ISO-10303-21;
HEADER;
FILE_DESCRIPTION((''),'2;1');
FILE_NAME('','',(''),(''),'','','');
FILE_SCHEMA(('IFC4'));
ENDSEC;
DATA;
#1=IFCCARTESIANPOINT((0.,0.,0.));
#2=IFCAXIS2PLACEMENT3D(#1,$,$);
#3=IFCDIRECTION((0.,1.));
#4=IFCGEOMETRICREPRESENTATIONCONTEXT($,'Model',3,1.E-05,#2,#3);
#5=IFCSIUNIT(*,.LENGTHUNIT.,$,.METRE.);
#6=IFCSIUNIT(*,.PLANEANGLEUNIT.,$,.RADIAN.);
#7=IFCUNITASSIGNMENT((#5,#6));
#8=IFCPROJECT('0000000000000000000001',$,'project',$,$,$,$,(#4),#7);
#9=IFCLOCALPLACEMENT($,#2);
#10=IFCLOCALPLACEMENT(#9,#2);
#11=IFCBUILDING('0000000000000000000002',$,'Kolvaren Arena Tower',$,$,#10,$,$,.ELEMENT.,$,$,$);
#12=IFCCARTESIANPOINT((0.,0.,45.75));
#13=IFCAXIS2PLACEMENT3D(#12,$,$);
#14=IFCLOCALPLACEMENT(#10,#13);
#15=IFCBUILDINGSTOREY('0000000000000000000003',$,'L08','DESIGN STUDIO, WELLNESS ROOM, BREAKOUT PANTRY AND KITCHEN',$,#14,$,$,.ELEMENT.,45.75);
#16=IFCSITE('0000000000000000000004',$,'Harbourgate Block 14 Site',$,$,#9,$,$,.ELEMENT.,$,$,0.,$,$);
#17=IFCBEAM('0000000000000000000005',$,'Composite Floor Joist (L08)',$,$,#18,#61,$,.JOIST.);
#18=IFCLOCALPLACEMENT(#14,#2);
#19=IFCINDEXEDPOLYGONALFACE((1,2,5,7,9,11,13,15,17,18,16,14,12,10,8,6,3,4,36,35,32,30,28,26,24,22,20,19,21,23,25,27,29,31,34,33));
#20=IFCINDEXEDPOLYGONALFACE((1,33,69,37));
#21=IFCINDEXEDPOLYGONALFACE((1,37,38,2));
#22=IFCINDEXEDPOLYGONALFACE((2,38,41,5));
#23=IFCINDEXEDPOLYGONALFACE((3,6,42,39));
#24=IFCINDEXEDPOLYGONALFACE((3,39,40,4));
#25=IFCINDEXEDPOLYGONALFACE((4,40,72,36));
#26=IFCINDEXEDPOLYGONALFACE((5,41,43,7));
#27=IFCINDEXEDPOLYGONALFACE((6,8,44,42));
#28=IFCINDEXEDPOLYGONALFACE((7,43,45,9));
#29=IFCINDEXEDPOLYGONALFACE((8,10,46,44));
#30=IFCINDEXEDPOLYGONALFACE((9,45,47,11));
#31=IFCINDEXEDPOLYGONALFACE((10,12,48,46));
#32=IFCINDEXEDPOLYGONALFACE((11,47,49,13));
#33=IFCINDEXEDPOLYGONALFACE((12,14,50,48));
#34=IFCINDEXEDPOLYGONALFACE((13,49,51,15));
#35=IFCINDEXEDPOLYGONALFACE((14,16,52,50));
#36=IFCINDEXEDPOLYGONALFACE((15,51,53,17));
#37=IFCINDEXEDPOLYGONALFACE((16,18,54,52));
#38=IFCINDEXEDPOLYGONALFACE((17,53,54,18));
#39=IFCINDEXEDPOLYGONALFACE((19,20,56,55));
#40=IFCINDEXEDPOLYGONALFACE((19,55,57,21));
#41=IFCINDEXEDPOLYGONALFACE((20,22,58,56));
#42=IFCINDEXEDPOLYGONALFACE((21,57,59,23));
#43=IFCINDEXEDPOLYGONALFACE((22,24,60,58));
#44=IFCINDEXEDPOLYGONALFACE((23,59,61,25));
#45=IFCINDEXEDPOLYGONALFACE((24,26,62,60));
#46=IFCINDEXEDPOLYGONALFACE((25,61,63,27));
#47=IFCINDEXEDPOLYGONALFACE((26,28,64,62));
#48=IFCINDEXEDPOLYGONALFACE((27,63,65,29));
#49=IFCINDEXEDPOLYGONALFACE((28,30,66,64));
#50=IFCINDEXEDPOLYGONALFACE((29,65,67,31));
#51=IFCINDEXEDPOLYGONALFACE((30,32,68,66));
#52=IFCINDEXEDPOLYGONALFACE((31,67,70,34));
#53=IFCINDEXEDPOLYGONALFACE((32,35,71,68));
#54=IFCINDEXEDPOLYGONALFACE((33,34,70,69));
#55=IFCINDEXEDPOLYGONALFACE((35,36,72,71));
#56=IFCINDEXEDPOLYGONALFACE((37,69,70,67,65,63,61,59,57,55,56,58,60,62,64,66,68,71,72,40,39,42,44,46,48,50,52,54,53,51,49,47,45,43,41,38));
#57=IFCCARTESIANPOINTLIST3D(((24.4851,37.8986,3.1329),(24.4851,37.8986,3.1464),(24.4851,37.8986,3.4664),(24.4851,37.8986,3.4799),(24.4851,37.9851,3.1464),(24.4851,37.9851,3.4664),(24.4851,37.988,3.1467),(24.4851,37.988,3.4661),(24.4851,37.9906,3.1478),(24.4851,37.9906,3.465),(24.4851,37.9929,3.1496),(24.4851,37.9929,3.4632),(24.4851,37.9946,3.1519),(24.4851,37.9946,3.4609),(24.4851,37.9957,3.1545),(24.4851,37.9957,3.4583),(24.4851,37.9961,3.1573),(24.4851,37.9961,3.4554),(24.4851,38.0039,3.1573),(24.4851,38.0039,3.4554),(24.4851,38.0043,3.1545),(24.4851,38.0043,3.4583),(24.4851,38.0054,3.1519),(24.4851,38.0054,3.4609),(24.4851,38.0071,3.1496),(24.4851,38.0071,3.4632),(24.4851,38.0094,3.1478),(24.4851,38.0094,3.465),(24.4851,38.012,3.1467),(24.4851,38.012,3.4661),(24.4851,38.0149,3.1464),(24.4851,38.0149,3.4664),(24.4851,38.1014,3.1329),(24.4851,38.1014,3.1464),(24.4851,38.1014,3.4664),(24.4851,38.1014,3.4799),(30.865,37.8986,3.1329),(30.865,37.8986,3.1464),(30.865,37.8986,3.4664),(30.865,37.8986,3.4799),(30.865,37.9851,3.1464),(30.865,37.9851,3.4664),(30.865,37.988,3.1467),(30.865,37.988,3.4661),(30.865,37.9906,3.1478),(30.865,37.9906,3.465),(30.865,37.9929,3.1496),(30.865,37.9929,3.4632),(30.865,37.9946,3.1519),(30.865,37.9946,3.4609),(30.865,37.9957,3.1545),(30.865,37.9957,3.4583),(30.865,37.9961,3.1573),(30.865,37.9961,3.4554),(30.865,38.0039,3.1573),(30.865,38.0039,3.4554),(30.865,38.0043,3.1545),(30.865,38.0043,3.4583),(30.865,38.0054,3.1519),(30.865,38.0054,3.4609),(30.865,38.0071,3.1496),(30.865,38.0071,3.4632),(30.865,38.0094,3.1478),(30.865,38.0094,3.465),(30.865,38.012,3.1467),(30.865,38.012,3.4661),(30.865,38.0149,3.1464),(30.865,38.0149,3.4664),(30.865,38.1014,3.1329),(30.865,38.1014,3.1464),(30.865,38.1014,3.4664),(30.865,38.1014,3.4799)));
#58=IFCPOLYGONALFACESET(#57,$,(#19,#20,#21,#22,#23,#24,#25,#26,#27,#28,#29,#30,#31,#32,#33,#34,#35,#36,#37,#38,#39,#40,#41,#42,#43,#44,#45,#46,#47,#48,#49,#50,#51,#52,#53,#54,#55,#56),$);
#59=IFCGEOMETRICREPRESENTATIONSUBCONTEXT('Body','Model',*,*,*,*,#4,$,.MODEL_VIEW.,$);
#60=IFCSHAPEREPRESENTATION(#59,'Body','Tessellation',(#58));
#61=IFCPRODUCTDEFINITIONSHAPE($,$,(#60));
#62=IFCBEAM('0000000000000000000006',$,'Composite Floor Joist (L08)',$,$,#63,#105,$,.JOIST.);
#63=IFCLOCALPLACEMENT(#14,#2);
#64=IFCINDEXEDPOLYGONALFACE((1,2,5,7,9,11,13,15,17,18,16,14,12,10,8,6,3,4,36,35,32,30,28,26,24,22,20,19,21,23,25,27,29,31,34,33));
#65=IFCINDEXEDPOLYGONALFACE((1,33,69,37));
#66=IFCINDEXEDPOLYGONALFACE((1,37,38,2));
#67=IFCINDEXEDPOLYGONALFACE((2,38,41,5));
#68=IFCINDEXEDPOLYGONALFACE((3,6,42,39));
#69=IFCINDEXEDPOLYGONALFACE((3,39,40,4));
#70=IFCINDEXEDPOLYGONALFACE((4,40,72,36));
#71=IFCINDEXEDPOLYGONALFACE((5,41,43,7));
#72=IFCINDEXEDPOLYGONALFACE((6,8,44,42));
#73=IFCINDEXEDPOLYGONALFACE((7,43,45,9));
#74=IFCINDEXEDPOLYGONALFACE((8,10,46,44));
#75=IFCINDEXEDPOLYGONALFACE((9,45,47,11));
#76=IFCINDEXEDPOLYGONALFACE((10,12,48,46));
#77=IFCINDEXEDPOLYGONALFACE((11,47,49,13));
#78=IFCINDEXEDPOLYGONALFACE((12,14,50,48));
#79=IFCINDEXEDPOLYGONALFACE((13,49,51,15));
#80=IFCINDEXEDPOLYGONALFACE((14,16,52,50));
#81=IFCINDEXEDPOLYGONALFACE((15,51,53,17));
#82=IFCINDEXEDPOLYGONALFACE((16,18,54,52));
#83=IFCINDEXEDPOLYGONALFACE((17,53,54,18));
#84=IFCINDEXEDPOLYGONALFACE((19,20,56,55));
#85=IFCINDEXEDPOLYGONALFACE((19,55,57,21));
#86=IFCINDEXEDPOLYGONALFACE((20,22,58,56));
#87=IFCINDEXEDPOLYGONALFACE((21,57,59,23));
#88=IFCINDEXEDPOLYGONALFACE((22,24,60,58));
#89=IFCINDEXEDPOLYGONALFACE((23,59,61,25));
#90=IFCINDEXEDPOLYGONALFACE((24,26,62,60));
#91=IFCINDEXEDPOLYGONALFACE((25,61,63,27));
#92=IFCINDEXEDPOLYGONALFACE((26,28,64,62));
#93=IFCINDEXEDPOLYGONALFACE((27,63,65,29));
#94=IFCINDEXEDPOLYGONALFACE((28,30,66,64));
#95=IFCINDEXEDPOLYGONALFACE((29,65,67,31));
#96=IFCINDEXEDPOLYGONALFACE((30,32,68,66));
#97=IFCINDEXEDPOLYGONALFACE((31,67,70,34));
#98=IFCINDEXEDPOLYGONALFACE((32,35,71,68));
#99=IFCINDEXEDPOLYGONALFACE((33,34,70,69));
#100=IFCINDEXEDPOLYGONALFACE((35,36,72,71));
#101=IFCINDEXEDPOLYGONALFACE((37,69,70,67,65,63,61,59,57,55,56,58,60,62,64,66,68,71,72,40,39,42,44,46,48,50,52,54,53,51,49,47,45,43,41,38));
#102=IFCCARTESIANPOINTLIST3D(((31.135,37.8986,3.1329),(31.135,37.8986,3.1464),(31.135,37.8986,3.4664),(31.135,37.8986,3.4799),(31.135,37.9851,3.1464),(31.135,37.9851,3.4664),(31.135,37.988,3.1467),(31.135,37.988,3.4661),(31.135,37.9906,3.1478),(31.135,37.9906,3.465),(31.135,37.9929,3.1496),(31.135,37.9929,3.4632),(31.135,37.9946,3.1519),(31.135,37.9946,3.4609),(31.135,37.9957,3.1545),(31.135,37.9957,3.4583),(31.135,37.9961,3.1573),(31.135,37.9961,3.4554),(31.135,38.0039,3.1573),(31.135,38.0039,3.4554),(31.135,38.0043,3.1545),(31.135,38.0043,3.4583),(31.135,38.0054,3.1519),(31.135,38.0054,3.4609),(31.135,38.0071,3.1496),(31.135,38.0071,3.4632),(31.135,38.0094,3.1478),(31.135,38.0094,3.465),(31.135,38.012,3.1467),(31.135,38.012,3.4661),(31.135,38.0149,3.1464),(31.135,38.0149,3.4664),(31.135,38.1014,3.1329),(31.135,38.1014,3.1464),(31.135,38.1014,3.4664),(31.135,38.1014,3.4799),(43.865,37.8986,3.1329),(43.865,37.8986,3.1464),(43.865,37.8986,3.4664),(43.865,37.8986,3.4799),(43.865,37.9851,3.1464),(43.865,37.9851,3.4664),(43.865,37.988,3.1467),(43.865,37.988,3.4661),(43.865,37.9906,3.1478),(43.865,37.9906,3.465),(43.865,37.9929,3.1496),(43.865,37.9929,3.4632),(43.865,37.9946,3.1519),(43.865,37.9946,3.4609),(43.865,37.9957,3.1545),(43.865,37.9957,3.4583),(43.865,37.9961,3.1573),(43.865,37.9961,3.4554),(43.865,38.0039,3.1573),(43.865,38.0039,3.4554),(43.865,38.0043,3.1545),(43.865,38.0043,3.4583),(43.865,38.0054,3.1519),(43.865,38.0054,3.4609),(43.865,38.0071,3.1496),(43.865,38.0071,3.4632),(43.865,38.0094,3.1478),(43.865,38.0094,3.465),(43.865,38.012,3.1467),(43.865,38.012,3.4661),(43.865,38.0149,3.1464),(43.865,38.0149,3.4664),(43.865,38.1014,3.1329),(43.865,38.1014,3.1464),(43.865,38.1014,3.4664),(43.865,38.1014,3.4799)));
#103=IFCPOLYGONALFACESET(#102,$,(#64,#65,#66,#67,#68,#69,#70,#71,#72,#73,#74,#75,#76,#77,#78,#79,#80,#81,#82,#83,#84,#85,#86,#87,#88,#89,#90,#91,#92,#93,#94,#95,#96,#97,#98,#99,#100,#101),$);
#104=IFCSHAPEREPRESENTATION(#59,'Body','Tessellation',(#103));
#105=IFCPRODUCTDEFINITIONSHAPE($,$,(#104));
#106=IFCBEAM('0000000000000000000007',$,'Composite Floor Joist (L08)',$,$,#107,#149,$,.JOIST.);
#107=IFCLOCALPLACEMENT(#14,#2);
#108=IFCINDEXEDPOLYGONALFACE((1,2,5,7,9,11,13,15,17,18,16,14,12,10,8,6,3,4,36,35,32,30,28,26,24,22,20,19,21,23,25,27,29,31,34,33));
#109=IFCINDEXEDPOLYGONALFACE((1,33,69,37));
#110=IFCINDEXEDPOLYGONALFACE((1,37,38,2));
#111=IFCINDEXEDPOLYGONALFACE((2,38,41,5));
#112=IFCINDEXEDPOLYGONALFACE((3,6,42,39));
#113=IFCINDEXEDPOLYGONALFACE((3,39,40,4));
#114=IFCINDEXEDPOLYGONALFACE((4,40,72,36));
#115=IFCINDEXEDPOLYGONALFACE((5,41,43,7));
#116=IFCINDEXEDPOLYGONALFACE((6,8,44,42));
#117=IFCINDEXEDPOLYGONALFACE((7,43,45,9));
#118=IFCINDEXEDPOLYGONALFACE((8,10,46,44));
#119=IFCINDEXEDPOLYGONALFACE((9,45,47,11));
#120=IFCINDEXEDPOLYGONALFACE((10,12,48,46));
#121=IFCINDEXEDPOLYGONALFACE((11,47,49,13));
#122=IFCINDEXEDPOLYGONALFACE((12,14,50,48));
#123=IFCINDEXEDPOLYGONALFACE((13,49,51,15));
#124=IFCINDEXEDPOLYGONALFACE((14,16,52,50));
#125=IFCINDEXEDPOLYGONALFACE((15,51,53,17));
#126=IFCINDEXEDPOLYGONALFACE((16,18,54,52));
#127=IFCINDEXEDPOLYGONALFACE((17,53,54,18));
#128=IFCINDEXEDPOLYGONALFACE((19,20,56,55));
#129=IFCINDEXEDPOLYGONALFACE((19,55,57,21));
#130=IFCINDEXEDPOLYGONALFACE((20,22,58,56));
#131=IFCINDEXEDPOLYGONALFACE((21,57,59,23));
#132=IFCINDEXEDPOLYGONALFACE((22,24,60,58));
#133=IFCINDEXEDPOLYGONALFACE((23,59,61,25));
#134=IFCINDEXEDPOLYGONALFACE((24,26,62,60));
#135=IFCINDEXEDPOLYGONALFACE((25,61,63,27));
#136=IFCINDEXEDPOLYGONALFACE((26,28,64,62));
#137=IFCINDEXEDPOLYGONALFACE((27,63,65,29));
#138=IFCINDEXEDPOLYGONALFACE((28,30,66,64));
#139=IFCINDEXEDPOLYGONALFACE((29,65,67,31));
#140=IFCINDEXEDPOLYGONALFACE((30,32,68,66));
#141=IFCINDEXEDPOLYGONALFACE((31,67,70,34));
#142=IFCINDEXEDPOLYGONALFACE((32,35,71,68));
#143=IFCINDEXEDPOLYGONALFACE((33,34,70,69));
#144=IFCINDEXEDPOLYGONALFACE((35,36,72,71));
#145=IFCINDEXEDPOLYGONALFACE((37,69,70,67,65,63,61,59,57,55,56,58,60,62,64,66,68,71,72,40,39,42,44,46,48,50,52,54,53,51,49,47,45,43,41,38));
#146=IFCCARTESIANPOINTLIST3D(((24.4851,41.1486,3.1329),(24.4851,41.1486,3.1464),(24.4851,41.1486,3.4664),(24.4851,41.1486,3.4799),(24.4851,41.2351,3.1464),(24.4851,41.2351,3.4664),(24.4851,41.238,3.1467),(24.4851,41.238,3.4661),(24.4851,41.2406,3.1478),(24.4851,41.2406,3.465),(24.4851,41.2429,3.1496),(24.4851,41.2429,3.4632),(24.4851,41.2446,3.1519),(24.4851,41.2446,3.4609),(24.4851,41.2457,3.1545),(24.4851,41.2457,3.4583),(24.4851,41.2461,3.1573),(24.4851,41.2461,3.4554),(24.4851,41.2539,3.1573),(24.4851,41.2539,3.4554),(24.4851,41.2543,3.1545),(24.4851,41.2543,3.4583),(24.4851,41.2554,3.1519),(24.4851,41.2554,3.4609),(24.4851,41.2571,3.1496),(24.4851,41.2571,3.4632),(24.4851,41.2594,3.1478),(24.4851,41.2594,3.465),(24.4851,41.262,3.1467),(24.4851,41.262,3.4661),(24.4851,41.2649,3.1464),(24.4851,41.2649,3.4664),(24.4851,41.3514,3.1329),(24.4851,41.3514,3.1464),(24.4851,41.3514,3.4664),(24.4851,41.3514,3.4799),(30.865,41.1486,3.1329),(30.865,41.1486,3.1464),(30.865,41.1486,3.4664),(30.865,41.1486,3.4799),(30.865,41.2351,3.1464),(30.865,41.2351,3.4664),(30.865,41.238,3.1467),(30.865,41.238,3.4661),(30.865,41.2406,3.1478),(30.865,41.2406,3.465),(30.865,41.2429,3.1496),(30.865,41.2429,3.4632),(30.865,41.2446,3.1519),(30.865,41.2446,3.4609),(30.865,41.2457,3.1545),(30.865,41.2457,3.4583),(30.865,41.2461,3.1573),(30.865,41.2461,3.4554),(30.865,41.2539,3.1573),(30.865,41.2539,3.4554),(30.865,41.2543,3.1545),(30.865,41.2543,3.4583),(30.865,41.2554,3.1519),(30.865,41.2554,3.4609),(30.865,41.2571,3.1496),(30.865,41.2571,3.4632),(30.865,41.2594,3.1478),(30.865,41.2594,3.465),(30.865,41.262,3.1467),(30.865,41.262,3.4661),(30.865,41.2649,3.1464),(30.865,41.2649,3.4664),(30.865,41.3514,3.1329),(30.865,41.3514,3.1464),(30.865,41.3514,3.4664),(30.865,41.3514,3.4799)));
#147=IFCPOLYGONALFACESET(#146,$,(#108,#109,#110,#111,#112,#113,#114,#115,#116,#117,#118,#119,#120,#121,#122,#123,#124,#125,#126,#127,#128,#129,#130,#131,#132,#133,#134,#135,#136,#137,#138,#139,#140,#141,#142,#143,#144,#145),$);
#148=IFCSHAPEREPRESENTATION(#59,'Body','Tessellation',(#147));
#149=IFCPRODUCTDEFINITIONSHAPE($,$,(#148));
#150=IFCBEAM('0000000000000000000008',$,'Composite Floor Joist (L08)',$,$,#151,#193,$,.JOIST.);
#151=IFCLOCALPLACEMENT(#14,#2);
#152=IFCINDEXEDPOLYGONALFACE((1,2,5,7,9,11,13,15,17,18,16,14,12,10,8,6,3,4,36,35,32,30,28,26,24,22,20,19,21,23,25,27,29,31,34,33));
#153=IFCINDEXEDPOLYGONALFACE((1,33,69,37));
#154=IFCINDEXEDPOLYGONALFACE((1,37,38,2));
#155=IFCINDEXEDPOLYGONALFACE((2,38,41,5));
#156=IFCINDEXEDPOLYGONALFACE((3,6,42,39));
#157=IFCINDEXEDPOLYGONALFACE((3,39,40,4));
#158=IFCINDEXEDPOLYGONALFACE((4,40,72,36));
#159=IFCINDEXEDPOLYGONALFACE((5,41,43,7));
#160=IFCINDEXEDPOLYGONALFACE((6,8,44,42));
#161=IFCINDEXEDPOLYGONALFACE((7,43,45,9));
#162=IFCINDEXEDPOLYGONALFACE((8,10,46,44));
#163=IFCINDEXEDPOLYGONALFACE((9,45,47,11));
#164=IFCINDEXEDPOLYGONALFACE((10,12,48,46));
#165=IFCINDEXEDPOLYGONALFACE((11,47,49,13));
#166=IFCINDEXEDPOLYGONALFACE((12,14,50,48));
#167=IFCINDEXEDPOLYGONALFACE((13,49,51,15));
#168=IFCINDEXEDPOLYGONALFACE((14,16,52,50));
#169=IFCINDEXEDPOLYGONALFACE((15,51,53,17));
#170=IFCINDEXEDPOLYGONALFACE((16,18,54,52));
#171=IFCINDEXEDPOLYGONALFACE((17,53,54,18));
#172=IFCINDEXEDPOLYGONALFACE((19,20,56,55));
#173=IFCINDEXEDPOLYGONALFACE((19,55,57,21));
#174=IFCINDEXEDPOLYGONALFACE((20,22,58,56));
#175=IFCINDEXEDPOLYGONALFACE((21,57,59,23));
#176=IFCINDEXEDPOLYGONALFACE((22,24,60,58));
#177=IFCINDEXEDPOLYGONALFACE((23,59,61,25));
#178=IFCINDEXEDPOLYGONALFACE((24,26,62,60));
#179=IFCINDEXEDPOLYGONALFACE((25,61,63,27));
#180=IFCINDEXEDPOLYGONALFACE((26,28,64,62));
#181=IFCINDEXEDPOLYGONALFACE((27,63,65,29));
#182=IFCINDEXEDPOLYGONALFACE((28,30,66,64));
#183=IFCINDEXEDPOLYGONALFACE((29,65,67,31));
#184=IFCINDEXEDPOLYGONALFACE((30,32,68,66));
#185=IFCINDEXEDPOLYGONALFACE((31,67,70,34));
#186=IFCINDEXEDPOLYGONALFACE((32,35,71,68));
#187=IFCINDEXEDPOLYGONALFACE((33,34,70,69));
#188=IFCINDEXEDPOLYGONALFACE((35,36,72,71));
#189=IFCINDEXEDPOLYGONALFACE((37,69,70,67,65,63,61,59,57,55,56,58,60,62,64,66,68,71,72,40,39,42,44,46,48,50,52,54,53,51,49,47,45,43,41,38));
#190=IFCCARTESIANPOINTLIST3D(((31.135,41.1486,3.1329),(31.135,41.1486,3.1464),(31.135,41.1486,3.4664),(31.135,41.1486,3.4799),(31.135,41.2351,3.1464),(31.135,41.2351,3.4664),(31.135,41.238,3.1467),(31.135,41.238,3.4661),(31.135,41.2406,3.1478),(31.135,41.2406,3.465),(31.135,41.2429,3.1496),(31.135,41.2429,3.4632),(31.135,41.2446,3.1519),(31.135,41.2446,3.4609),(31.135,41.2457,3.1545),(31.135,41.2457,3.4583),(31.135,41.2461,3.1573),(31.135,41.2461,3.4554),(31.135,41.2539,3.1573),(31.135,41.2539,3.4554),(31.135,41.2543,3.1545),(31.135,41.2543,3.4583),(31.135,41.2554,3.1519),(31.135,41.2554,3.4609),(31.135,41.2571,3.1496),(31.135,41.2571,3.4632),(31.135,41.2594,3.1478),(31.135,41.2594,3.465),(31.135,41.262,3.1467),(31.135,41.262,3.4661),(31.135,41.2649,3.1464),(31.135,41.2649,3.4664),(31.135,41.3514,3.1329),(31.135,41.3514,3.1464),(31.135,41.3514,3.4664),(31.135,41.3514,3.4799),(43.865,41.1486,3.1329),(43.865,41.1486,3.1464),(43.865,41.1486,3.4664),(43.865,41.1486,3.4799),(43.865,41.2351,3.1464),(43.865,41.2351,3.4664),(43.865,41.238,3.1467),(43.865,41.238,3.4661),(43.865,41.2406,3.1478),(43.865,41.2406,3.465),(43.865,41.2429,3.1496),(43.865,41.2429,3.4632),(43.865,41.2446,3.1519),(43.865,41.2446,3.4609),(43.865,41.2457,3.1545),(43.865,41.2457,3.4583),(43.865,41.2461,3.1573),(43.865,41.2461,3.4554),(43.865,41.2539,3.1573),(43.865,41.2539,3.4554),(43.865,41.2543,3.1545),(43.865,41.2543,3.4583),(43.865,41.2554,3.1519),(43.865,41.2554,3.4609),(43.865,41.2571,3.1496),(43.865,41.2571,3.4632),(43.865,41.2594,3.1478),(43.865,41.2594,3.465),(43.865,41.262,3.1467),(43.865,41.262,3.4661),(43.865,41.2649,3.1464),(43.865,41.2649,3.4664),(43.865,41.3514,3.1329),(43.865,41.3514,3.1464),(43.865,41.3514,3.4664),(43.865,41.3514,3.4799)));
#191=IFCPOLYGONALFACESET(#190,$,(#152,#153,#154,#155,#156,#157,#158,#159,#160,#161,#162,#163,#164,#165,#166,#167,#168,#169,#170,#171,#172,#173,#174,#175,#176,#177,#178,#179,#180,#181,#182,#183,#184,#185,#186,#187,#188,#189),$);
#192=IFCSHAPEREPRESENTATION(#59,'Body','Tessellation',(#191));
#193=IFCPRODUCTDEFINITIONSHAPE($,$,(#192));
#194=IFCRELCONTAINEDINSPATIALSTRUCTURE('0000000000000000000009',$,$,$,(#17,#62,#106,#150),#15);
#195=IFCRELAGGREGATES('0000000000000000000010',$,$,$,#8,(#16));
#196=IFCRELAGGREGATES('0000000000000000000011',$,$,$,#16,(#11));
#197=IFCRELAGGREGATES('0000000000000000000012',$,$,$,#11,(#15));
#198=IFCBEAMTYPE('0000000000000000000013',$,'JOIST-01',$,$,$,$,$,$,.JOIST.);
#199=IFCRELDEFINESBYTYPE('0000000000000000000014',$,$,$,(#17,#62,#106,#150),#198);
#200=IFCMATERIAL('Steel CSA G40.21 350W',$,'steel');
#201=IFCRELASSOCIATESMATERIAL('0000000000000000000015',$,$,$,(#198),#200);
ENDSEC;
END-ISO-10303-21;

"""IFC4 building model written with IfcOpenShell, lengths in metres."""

from ifc_helpers import new_model, si_unit, direction, frame, origin, origin_2d, place, context, subcontext, project, spatial, i_section, extrude, material, material_profile, profile_set, type_object, element, save


model = new_model("IFC4")

# Units and contexts
model_context = context("Model", 3, precision=1e-05, world=origin(), true_north=direction((0.0, 1.0)))
body_context = subcontext(model_context, "Body", "Model", "MODEL_VIEW")
ifc_project = project(units=[si_unit("LENGTHUNIT", "METRE"), si_unit("PLANEANGLEUNIT", "RADIAN")], contexts=[model_context])

# Site, building, storey
site_placement = place(None, origin())
site = spatial("IfcSite", under=ifc_project, at=site_placement, Name="Harbourgate Block 14 Site", CompositionType="ELEMENT", RefElevation=0.0)
building_placement = place(site_placement, origin())
building = spatial("IfcBuilding", under=site, at=building_placement, Name="Kolvaren Arena Tower", CompositionType="ELEMENT")
storey_placement = place(building_placement, frame((0.0, 0.0, 45.75)))
storey = spatial("IfcBuildingStorey", under=building, at=storey_placement, Name="L08", Description="DESIGN STUDIO, WELLNESS ROOM, BREAKOUT PANTRY AND KITCHEN", CompositionType="ELEMENT", Elevation=45.75)

# Beams
ifc_material_1 = material(Name="Steel CSA G40.21 350W", Category="steel")
ifc_material_profile_1 = material_profile(ifc_material_1, i_section(OverallWidth=0.2029, OverallDepth=0.3469, WebThickness=0.0078, FlangeThickness=0.0134, FilletRadius=0.011, at=origin_2d()), Name="W360x64")
ifc_profile_set_1 = profile_set([ifc_material_profile_1], Name="Steel CSA G40.21 350W")
beam_type_1 = type_object("IfcBeamType", Name="JOIST-01", PredefinedType="JOIST", material=ifc_profile_set_1)
beam_1_placement = place(storey_placement, frame((24.4851, 38.0, 3.3064), z_axis=(1.0, 0.0, 0.0), x_axis=(0.0, 1.0, 0.0)))
element("IfcBeam", 1, at=beam_1_placement, inside=storey, type_object=beam_type_1, Name="Composite Floor Joist (L08)", PredefinedType="JOIST", context=body_context, shape_type="SweptSolid", body=[
    extrude(i_section(OverallWidth=0.2029, OverallDepth=0.3469, WebThickness=0.0078, FlangeThickness=0.0134, FilletRadius=0.011, at=origin_2d()), origin(), (0.0, 0.0, 1.0), 6.3799),
])
beam_2_placement = place(storey_placement, frame((31.135, 38.0, 3.3064), z_axis=(1.0, 0.0, 0.0), x_axis=(0.0, 1.0, 0.0)))
element("IfcBeam", 2, at=beam_2_placement, inside=storey, type_object=beam_type_1, Name="Composite Floor Joist (L08)", PredefinedType="JOIST", context=body_context, shape_type="SweptSolid", body=[
    extrude(i_section(OverallWidth=0.2029, OverallDepth=0.3469, WebThickness=0.0078, FlangeThickness=0.0134, FilletRadius=0.011, at=origin_2d()), origin(), (0.0, 0.0, 1.0), 12.73),
])
beam_3_placement = place(storey_placement, frame((24.4851, 41.25, 3.3064), z_axis=(1.0, 0.0, 0.0), x_axis=(0.0, 1.0, 0.0)))
element("IfcBeam", 3, at=beam_3_placement, inside=storey, type_object=beam_type_1, Name="Composite Floor Joist (L08)", PredefinedType="JOIST", context=body_context, shape_type="SweptSolid", body=[
    extrude(i_section(OverallWidth=0.2029, OverallDepth=0.3469, WebThickness=0.0078, FlangeThickness=0.0134, FilletRadius=0.011, at=origin_2d()), origin(), (0.0, 0.0, 1.0), 6.3799),
])
beam_4_placement = place(storey_placement, frame((31.135, 41.25, 3.3064), z_axis=(1.0, 0.0, 0.0), x_axis=(0.0, 1.0, 0.0)))
element("IfcBeam", 4, at=beam_4_placement, inside=storey, type_object=beam_type_1, Name="Composite Floor Joist (L08)", PredefinedType="JOIST", context=body_context, shape_type="SweptSolid", body=[
    extrude(i_section(OverallWidth=0.2029, OverallDepth=0.3469, WebThickness=0.0078, FlangeThickness=0.0134, FilletRadius=0.011, at=origin_2d()), origin(), (0.0, 0.0, 1.0), 12.73),
])

save(model, "model.ifc")
